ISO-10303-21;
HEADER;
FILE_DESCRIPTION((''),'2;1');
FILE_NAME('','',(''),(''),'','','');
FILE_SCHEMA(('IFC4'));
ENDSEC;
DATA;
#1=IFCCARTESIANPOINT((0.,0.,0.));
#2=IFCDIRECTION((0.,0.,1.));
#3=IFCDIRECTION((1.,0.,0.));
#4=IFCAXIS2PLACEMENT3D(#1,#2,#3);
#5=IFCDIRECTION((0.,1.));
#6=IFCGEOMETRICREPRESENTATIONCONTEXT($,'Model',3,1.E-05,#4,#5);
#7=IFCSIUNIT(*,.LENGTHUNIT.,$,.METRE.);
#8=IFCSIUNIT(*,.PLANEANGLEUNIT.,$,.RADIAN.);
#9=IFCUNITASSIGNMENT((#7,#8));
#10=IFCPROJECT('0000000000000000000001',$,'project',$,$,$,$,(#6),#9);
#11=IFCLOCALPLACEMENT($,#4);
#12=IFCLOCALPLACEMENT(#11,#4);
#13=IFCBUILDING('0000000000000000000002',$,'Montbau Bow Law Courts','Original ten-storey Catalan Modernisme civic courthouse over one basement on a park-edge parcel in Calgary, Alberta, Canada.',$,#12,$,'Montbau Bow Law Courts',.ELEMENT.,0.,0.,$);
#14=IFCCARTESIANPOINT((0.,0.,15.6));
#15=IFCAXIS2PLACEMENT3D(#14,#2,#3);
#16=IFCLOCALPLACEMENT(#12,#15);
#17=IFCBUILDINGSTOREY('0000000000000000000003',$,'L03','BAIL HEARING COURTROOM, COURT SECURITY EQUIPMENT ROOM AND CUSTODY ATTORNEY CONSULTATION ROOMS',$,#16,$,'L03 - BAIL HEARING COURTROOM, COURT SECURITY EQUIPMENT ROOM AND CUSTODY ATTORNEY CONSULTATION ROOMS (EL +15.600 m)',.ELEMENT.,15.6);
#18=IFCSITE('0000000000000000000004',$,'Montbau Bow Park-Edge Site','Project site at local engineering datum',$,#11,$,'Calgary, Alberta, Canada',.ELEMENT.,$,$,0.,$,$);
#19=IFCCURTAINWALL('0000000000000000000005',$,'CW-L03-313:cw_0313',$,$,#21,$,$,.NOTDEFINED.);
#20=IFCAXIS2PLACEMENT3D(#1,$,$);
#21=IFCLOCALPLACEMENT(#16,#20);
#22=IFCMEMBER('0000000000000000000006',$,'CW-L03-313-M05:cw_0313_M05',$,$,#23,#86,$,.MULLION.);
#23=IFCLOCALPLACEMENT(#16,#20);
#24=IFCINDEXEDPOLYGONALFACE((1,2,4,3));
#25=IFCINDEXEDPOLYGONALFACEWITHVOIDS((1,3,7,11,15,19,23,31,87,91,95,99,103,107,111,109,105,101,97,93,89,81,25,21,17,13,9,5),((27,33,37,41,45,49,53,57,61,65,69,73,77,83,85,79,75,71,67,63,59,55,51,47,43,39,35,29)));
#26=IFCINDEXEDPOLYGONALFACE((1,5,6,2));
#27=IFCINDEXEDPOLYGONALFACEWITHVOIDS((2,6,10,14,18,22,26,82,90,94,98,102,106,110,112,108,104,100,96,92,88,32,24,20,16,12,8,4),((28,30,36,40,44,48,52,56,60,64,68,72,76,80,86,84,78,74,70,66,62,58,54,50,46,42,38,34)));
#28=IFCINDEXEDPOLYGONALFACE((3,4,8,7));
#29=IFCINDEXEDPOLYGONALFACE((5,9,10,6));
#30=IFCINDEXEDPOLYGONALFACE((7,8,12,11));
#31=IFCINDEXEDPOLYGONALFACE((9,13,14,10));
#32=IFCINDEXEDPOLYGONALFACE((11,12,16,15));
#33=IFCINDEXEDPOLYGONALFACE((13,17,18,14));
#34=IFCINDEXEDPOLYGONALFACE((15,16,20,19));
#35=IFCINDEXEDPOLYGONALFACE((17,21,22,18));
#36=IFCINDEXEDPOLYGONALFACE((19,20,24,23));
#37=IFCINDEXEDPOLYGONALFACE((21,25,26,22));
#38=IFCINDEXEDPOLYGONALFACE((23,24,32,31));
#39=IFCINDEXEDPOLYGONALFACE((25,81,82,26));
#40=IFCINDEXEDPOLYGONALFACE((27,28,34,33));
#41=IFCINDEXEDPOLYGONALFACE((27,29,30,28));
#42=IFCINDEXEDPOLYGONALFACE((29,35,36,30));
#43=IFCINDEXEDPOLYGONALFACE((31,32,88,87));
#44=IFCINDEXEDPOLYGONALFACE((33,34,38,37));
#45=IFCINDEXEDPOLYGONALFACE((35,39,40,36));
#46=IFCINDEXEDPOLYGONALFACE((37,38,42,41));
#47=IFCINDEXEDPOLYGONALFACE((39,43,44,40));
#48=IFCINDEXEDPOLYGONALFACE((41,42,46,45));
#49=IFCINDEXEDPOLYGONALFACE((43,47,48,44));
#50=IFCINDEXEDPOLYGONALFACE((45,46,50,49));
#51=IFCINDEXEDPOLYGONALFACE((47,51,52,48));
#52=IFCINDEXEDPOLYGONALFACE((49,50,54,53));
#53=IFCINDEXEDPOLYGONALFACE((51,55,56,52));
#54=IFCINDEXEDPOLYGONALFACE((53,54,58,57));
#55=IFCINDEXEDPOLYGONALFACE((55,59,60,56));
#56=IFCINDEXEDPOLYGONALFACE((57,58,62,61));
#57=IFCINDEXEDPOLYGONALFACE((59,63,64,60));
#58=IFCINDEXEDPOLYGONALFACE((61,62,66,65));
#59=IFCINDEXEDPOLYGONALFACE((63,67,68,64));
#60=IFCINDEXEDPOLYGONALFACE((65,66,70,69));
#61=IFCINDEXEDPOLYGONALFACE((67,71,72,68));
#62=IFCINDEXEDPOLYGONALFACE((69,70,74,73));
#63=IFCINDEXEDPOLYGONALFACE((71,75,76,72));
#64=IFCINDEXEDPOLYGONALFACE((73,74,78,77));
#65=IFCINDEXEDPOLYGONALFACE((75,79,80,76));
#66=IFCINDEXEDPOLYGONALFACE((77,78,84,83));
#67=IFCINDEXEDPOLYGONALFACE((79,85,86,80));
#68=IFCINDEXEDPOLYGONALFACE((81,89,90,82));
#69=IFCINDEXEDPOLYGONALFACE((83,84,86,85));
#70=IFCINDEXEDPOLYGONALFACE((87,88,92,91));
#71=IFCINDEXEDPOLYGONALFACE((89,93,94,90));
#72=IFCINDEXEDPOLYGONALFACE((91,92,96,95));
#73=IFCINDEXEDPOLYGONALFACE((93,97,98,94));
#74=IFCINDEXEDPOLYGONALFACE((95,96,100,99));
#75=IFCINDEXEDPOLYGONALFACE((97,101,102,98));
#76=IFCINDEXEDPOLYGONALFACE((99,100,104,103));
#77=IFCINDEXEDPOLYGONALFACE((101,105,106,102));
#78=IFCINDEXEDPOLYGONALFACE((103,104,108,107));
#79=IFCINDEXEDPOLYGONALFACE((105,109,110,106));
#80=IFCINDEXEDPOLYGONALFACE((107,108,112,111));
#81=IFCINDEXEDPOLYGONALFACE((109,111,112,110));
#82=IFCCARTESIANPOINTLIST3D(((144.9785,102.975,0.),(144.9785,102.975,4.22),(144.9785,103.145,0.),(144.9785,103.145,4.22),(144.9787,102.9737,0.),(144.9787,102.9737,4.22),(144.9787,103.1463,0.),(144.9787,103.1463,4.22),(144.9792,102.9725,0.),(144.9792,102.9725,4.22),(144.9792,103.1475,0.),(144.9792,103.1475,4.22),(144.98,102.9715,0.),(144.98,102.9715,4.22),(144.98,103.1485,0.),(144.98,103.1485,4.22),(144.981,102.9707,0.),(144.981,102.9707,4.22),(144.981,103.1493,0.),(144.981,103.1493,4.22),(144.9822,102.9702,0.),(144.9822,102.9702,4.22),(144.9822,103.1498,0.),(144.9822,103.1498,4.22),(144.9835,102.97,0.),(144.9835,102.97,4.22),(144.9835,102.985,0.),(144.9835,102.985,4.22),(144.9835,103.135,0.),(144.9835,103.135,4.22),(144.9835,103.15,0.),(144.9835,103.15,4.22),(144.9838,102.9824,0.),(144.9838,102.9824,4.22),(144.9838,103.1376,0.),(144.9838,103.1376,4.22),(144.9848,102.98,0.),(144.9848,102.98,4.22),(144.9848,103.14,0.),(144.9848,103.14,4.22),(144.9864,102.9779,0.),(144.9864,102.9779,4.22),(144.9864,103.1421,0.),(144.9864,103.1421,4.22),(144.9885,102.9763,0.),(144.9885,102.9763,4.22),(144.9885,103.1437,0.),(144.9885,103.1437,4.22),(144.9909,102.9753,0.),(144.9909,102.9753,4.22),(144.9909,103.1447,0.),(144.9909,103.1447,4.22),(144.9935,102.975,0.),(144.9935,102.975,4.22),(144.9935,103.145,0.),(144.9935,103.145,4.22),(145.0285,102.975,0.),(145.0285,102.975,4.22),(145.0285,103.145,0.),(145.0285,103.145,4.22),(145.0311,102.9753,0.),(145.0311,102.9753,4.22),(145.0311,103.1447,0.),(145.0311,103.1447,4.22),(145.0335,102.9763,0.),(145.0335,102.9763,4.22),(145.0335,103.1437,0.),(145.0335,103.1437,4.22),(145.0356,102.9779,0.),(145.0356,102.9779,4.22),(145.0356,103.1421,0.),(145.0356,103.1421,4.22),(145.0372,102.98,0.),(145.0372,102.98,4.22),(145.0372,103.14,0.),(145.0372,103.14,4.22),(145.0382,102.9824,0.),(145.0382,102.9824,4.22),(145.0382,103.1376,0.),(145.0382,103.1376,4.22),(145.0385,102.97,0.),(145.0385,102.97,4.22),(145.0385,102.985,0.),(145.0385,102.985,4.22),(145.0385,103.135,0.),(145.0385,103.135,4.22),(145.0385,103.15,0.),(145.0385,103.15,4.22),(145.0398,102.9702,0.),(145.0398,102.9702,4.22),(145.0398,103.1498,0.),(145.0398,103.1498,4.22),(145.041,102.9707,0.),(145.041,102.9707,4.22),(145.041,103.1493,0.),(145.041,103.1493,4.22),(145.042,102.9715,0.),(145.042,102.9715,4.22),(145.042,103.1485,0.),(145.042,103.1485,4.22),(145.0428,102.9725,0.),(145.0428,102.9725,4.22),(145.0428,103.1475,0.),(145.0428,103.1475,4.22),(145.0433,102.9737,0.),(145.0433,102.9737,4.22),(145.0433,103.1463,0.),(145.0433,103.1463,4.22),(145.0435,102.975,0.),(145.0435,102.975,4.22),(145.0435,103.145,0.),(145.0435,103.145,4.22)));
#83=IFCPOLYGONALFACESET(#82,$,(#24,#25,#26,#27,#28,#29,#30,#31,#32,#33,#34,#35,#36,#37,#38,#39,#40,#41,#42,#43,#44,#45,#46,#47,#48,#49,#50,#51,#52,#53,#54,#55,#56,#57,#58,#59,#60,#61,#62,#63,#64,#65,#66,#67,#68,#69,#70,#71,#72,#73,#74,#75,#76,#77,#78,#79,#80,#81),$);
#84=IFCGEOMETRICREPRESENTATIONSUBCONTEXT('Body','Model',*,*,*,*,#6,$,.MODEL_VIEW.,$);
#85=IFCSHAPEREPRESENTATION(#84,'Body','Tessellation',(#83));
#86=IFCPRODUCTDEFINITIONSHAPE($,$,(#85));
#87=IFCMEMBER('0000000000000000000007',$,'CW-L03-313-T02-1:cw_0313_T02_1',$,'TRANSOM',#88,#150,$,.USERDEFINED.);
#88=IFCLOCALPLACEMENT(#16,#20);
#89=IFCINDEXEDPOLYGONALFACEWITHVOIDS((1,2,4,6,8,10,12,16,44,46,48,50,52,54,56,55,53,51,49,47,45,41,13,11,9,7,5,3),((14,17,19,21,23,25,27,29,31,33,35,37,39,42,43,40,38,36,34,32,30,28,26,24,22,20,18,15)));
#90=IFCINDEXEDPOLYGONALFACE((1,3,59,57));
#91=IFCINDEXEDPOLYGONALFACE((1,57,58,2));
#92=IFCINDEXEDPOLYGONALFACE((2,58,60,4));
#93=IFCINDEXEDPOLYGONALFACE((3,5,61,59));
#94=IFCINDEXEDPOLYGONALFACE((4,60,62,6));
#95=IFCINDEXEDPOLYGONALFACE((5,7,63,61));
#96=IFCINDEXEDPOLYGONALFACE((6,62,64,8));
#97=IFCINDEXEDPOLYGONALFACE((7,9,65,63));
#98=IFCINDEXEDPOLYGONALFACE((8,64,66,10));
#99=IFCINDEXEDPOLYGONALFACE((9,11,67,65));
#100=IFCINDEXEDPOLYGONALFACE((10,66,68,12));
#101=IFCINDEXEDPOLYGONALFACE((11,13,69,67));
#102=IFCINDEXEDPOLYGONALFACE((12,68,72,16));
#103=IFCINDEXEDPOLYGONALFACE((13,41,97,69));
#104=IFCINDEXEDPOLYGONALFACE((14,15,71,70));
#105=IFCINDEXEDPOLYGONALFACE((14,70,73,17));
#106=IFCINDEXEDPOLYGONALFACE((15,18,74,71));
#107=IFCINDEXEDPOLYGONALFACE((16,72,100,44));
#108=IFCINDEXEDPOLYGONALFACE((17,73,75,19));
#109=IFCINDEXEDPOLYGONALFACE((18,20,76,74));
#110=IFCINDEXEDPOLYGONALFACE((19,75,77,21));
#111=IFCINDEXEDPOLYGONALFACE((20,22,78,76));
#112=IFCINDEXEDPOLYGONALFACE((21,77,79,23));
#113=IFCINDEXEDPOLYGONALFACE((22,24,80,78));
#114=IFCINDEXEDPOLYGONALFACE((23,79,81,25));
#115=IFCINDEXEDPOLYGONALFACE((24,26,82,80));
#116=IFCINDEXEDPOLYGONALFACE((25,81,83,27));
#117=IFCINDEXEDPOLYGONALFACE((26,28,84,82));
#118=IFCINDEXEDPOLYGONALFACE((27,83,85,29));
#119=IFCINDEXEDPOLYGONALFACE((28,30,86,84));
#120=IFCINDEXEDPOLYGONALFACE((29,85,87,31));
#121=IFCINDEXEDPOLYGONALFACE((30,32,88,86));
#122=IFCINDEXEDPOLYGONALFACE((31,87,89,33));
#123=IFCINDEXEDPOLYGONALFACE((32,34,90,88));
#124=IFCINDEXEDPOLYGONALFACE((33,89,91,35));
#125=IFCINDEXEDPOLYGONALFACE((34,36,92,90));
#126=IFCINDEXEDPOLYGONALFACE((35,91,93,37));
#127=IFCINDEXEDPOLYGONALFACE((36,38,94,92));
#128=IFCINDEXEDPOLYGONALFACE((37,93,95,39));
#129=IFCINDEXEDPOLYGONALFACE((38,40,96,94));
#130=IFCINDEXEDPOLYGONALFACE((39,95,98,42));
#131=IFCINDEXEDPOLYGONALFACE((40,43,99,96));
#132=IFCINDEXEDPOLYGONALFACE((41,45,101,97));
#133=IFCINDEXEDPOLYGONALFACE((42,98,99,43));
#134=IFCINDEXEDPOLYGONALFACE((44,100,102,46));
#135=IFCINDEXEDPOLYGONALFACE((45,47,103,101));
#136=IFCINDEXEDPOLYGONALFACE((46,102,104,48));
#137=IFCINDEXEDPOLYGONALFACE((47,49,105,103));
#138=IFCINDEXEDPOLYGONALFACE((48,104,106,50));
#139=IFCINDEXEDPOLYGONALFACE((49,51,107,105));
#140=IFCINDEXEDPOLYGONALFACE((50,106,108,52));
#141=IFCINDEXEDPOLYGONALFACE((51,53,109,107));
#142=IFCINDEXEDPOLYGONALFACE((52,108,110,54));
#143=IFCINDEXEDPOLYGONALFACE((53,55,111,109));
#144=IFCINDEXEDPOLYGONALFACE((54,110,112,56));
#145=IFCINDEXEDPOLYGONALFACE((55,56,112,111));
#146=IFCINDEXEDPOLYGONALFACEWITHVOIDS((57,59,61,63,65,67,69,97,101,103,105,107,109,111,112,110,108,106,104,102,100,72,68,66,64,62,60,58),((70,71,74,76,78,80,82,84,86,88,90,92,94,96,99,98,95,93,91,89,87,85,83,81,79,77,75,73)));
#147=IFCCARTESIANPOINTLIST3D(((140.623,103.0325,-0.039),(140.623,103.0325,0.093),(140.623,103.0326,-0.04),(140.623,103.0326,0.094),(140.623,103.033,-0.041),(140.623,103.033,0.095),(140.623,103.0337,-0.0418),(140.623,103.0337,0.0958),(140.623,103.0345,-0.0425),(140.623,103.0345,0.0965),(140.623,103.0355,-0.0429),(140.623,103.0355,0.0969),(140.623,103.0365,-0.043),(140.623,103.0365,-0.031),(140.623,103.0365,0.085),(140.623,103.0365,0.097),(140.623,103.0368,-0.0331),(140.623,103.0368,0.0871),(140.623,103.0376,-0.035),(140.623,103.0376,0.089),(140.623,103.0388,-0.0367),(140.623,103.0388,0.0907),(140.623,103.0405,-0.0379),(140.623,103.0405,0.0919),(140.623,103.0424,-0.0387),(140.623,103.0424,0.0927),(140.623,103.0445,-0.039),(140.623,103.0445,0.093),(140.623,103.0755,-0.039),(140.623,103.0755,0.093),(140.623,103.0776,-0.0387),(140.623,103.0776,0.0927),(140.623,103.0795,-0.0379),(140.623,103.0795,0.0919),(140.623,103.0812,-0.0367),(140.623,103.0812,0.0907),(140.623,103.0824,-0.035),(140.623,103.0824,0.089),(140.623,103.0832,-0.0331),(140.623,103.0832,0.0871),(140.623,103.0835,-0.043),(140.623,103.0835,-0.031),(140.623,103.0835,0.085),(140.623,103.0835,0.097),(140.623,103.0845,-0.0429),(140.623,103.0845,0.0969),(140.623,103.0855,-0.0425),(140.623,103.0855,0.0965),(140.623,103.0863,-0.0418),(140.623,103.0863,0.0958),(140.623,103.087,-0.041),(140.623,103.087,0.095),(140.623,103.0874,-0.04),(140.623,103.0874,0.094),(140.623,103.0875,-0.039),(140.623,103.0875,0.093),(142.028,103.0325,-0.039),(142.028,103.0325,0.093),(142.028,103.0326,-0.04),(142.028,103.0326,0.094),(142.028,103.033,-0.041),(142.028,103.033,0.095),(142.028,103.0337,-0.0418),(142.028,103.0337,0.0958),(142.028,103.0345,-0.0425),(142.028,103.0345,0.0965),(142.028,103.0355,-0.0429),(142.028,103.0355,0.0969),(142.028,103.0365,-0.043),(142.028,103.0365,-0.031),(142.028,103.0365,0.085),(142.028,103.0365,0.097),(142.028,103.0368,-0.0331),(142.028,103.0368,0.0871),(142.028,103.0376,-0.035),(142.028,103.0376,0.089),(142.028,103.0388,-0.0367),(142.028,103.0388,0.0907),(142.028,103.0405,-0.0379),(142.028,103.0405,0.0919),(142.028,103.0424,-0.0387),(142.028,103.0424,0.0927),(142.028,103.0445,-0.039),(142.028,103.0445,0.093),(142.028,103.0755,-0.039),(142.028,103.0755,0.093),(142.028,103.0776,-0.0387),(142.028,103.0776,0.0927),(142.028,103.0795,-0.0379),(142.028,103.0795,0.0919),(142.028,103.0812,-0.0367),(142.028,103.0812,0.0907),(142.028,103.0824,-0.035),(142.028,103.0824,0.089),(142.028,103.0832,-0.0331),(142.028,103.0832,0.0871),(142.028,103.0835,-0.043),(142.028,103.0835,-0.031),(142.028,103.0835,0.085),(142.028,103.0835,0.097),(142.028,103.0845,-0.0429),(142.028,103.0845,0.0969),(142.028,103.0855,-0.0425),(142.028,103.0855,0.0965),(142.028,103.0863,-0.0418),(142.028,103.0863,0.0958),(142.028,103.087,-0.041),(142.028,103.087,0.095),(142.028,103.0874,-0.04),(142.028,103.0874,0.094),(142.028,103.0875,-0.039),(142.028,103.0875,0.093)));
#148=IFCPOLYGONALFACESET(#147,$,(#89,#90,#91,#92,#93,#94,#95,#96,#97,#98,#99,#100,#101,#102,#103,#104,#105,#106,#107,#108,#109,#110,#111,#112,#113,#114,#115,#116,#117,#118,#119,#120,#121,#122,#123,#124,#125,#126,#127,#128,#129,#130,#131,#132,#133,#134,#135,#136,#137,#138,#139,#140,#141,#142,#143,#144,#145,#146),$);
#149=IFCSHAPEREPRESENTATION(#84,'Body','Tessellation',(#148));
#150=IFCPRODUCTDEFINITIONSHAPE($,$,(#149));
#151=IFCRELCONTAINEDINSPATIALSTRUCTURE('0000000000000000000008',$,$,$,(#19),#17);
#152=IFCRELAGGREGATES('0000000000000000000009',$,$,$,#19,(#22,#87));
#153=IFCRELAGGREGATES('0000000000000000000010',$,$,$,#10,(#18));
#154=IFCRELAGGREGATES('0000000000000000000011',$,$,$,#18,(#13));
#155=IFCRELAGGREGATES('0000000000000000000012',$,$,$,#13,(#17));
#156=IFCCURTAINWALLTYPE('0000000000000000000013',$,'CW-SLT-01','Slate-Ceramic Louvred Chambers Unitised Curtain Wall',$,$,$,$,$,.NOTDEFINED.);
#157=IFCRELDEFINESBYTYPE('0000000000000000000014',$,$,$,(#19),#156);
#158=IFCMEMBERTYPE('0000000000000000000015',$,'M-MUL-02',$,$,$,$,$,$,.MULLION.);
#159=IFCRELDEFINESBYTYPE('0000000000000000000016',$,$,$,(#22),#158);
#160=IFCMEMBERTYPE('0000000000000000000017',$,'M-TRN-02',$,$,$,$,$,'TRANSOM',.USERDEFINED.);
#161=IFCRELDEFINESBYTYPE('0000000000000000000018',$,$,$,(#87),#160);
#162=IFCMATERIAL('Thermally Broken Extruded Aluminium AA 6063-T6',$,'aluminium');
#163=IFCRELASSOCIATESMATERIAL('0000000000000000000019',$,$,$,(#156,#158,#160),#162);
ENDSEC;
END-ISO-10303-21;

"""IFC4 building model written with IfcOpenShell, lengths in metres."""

from ifc_helpers import new_model, si_unit, direction, frame, origin_with_axes, origin_2d_with_axis, place, context, subcontext, project, spatial, hollow_rectangle, extrude, material, material_profile, profile_set, type_object, element, aggregate, save


model = new_model("IFC4")

# Units and contexts
model_context = context("Model", 3, precision=1e-05, world=origin_with_axes(), true_north=direction((0.0, 1.0)))
body_context = subcontext(model_context, "Body", "Model", "MODEL_VIEW")
ifc_project = project(units=[si_unit("LENGTHUNIT", "METRE"), si_unit("PLANEANGLEUNIT", "RADIAN")], contexts=[model_context])

# Site, building, storey
site_placement = place(None, origin_with_axes())
site = spatial("IfcSite", under=ifc_project, at=site_placement, Name="Montbau Bow Park-Edge Site", Description="Project site at local engineering datum", LongName="Calgary, Alberta, Canada", CompositionType="ELEMENT", RefElevation=0.0)
building_placement = place(site_placement, origin_with_axes())
building = spatial("IfcBuilding", under=site, at=building_placement, Name="Montbau Bow Law Courts", Description="Original ten-storey Catalan Modernisme civic courthouse over one basement on a park-edge parcel in Calgary, Alberta, Canada.", LongName="Montbau Bow Law Courts", CompositionType="ELEMENT", ElevationOfRefHeight=0.0, ElevationOfTerrain=0.0)
storey_placement = place(building_placement, frame((0.0, 0.0, 15.6), z_axis=(0.0, 0.0, 1.0), x_axis=(1.0, 0.0, 0.0)))
storey = spatial("IfcBuildingStorey", under=building, at=storey_placement, Name="L03", Description="BAIL HEARING COURTROOM, COURT SECURITY EQUIPMENT ROOM AND CUSTODY ATTORNEY CONSULTATION ROOMS", LongName="L03 - BAIL HEARING COURTROOM, COURT SECURITY EQUIPMENT ROOM AND CUSTODY ATTORNEY CONSULTATION ROOMS (EL +15.600 m)", CompositionType="ELEMENT", Elevation=15.6)

# Curtain wall, members
ifc_material_1 = material(Name="Thermally Broken Extruded Aluminium AA 6063-T6", Category="aluminium")
curtain_wall_type = type_object("IfcCurtainWallType", Name="CW-SLT-01", Description="Slate-Ceramic Louvred Chambers Unitised Curtain Wall", PredefinedType="NOTDEFINED", material=ifc_material_1)
curtain_wall_placement = place(None, frame((139.115, 103.06, 15.6), z_axis=(0.0, 0.0, 1.0), x_axis=(1.0, 0.0, 0.0)))
curtain_wall = element("IfcCurtainWall", 1, at=curtain_wall_placement, inside=storey, type_object=curtain_wall_type, Name="CW-L03-313:cw_0313", PredefinedType="NOTDEFINED")
ifc_material_profile_1 = material_profile(ifc_material_1, hollow_rectangle(XDim=0.065, YDim=0.18, WallThickness=0.005, InnerFilletRadius=0.01, OuterFilletRadius=0.005, at=origin_2d_with_axis()), Name="CWM-180X65", Category="Main", Priority=0)
ifc_profile_set_1 = profile_set([ifc_material_profile_1], Name="Thermally Broken Extruded Aluminium AA 6063-T6")
member_type_1 = type_object("IfcMemberType", Name="M-MUL-02", PredefinedType="MULLION", material=ifc_profile_set_1)
member_1_placement = place(None, frame((145.011, 103.06, 15.6), z_axis=(0.0, 0.0, 1.0), x_axis=(1.0, 0.0, 0.0)))
member_1 = element("IfcMember", 2, at=member_1_placement, type_object=member_type_1, Name="CW-L03-313-M05:cw_0313_M05", PredefinedType="MULLION", context=body_context, shape_type="SweptSolid", body=[
    extrude(hollow_rectangle(XDim=0.065, YDim=0.18, WallThickness=0.005, InnerFilletRadius=0.01, OuterFilletRadius=0.005, at=origin_2d_with_axis()), origin_with_axes(), (0.0, 0.0, 1.0), 4.22),
])
ifc_material_profile_2 = material_profile(ifc_material_1, hollow_rectangle(XDim=0.055, YDim=0.14, WallThickness=0.004, InnerFilletRadius=0.008, OuterFilletRadius=0.004, at=origin_2d_with_axis()), Name="CWT-140X55", Category="Main", Priority=0)
ifc_profile_set_2 = profile_set([ifc_material_profile_2], Name="Thermally Broken Extruded Aluminium AA 6063-T6")
member_type_2 = type_object("IfcMemberType", Name="M-TRN-02", ElementType="TRANSOM", PredefinedType="USERDEFINED", material=ifc_profile_set_2)
member_2_placement = place(None, frame((140.623, 103.06, 15.627), z_axis=(1.0, 0.0, 0.0), x_axis=(0.0, 1.0, 0.0)))
member_2 = element("IfcMember", 3, at=member_2_placement, type_object=member_type_2, Name="CW-L03-313-T02-1:cw_0313_T02_1", ObjectType="TRANSOM", PredefinedType="USERDEFINED", context=body_context, shape_type="SweptSolid", body=[
    extrude(hollow_rectangle(XDim=0.055, YDim=0.14, WallThickness=0.004, InnerFilletRadius=0.008, OuterFilletRadius=0.004, at=origin_2d_with_axis()), origin_with_axes(), (0.0, 0.0, 1.0), 1.405),
])
aggregate(curtain_wall, [member_1, member_2])

save(model, "model.ifc")
